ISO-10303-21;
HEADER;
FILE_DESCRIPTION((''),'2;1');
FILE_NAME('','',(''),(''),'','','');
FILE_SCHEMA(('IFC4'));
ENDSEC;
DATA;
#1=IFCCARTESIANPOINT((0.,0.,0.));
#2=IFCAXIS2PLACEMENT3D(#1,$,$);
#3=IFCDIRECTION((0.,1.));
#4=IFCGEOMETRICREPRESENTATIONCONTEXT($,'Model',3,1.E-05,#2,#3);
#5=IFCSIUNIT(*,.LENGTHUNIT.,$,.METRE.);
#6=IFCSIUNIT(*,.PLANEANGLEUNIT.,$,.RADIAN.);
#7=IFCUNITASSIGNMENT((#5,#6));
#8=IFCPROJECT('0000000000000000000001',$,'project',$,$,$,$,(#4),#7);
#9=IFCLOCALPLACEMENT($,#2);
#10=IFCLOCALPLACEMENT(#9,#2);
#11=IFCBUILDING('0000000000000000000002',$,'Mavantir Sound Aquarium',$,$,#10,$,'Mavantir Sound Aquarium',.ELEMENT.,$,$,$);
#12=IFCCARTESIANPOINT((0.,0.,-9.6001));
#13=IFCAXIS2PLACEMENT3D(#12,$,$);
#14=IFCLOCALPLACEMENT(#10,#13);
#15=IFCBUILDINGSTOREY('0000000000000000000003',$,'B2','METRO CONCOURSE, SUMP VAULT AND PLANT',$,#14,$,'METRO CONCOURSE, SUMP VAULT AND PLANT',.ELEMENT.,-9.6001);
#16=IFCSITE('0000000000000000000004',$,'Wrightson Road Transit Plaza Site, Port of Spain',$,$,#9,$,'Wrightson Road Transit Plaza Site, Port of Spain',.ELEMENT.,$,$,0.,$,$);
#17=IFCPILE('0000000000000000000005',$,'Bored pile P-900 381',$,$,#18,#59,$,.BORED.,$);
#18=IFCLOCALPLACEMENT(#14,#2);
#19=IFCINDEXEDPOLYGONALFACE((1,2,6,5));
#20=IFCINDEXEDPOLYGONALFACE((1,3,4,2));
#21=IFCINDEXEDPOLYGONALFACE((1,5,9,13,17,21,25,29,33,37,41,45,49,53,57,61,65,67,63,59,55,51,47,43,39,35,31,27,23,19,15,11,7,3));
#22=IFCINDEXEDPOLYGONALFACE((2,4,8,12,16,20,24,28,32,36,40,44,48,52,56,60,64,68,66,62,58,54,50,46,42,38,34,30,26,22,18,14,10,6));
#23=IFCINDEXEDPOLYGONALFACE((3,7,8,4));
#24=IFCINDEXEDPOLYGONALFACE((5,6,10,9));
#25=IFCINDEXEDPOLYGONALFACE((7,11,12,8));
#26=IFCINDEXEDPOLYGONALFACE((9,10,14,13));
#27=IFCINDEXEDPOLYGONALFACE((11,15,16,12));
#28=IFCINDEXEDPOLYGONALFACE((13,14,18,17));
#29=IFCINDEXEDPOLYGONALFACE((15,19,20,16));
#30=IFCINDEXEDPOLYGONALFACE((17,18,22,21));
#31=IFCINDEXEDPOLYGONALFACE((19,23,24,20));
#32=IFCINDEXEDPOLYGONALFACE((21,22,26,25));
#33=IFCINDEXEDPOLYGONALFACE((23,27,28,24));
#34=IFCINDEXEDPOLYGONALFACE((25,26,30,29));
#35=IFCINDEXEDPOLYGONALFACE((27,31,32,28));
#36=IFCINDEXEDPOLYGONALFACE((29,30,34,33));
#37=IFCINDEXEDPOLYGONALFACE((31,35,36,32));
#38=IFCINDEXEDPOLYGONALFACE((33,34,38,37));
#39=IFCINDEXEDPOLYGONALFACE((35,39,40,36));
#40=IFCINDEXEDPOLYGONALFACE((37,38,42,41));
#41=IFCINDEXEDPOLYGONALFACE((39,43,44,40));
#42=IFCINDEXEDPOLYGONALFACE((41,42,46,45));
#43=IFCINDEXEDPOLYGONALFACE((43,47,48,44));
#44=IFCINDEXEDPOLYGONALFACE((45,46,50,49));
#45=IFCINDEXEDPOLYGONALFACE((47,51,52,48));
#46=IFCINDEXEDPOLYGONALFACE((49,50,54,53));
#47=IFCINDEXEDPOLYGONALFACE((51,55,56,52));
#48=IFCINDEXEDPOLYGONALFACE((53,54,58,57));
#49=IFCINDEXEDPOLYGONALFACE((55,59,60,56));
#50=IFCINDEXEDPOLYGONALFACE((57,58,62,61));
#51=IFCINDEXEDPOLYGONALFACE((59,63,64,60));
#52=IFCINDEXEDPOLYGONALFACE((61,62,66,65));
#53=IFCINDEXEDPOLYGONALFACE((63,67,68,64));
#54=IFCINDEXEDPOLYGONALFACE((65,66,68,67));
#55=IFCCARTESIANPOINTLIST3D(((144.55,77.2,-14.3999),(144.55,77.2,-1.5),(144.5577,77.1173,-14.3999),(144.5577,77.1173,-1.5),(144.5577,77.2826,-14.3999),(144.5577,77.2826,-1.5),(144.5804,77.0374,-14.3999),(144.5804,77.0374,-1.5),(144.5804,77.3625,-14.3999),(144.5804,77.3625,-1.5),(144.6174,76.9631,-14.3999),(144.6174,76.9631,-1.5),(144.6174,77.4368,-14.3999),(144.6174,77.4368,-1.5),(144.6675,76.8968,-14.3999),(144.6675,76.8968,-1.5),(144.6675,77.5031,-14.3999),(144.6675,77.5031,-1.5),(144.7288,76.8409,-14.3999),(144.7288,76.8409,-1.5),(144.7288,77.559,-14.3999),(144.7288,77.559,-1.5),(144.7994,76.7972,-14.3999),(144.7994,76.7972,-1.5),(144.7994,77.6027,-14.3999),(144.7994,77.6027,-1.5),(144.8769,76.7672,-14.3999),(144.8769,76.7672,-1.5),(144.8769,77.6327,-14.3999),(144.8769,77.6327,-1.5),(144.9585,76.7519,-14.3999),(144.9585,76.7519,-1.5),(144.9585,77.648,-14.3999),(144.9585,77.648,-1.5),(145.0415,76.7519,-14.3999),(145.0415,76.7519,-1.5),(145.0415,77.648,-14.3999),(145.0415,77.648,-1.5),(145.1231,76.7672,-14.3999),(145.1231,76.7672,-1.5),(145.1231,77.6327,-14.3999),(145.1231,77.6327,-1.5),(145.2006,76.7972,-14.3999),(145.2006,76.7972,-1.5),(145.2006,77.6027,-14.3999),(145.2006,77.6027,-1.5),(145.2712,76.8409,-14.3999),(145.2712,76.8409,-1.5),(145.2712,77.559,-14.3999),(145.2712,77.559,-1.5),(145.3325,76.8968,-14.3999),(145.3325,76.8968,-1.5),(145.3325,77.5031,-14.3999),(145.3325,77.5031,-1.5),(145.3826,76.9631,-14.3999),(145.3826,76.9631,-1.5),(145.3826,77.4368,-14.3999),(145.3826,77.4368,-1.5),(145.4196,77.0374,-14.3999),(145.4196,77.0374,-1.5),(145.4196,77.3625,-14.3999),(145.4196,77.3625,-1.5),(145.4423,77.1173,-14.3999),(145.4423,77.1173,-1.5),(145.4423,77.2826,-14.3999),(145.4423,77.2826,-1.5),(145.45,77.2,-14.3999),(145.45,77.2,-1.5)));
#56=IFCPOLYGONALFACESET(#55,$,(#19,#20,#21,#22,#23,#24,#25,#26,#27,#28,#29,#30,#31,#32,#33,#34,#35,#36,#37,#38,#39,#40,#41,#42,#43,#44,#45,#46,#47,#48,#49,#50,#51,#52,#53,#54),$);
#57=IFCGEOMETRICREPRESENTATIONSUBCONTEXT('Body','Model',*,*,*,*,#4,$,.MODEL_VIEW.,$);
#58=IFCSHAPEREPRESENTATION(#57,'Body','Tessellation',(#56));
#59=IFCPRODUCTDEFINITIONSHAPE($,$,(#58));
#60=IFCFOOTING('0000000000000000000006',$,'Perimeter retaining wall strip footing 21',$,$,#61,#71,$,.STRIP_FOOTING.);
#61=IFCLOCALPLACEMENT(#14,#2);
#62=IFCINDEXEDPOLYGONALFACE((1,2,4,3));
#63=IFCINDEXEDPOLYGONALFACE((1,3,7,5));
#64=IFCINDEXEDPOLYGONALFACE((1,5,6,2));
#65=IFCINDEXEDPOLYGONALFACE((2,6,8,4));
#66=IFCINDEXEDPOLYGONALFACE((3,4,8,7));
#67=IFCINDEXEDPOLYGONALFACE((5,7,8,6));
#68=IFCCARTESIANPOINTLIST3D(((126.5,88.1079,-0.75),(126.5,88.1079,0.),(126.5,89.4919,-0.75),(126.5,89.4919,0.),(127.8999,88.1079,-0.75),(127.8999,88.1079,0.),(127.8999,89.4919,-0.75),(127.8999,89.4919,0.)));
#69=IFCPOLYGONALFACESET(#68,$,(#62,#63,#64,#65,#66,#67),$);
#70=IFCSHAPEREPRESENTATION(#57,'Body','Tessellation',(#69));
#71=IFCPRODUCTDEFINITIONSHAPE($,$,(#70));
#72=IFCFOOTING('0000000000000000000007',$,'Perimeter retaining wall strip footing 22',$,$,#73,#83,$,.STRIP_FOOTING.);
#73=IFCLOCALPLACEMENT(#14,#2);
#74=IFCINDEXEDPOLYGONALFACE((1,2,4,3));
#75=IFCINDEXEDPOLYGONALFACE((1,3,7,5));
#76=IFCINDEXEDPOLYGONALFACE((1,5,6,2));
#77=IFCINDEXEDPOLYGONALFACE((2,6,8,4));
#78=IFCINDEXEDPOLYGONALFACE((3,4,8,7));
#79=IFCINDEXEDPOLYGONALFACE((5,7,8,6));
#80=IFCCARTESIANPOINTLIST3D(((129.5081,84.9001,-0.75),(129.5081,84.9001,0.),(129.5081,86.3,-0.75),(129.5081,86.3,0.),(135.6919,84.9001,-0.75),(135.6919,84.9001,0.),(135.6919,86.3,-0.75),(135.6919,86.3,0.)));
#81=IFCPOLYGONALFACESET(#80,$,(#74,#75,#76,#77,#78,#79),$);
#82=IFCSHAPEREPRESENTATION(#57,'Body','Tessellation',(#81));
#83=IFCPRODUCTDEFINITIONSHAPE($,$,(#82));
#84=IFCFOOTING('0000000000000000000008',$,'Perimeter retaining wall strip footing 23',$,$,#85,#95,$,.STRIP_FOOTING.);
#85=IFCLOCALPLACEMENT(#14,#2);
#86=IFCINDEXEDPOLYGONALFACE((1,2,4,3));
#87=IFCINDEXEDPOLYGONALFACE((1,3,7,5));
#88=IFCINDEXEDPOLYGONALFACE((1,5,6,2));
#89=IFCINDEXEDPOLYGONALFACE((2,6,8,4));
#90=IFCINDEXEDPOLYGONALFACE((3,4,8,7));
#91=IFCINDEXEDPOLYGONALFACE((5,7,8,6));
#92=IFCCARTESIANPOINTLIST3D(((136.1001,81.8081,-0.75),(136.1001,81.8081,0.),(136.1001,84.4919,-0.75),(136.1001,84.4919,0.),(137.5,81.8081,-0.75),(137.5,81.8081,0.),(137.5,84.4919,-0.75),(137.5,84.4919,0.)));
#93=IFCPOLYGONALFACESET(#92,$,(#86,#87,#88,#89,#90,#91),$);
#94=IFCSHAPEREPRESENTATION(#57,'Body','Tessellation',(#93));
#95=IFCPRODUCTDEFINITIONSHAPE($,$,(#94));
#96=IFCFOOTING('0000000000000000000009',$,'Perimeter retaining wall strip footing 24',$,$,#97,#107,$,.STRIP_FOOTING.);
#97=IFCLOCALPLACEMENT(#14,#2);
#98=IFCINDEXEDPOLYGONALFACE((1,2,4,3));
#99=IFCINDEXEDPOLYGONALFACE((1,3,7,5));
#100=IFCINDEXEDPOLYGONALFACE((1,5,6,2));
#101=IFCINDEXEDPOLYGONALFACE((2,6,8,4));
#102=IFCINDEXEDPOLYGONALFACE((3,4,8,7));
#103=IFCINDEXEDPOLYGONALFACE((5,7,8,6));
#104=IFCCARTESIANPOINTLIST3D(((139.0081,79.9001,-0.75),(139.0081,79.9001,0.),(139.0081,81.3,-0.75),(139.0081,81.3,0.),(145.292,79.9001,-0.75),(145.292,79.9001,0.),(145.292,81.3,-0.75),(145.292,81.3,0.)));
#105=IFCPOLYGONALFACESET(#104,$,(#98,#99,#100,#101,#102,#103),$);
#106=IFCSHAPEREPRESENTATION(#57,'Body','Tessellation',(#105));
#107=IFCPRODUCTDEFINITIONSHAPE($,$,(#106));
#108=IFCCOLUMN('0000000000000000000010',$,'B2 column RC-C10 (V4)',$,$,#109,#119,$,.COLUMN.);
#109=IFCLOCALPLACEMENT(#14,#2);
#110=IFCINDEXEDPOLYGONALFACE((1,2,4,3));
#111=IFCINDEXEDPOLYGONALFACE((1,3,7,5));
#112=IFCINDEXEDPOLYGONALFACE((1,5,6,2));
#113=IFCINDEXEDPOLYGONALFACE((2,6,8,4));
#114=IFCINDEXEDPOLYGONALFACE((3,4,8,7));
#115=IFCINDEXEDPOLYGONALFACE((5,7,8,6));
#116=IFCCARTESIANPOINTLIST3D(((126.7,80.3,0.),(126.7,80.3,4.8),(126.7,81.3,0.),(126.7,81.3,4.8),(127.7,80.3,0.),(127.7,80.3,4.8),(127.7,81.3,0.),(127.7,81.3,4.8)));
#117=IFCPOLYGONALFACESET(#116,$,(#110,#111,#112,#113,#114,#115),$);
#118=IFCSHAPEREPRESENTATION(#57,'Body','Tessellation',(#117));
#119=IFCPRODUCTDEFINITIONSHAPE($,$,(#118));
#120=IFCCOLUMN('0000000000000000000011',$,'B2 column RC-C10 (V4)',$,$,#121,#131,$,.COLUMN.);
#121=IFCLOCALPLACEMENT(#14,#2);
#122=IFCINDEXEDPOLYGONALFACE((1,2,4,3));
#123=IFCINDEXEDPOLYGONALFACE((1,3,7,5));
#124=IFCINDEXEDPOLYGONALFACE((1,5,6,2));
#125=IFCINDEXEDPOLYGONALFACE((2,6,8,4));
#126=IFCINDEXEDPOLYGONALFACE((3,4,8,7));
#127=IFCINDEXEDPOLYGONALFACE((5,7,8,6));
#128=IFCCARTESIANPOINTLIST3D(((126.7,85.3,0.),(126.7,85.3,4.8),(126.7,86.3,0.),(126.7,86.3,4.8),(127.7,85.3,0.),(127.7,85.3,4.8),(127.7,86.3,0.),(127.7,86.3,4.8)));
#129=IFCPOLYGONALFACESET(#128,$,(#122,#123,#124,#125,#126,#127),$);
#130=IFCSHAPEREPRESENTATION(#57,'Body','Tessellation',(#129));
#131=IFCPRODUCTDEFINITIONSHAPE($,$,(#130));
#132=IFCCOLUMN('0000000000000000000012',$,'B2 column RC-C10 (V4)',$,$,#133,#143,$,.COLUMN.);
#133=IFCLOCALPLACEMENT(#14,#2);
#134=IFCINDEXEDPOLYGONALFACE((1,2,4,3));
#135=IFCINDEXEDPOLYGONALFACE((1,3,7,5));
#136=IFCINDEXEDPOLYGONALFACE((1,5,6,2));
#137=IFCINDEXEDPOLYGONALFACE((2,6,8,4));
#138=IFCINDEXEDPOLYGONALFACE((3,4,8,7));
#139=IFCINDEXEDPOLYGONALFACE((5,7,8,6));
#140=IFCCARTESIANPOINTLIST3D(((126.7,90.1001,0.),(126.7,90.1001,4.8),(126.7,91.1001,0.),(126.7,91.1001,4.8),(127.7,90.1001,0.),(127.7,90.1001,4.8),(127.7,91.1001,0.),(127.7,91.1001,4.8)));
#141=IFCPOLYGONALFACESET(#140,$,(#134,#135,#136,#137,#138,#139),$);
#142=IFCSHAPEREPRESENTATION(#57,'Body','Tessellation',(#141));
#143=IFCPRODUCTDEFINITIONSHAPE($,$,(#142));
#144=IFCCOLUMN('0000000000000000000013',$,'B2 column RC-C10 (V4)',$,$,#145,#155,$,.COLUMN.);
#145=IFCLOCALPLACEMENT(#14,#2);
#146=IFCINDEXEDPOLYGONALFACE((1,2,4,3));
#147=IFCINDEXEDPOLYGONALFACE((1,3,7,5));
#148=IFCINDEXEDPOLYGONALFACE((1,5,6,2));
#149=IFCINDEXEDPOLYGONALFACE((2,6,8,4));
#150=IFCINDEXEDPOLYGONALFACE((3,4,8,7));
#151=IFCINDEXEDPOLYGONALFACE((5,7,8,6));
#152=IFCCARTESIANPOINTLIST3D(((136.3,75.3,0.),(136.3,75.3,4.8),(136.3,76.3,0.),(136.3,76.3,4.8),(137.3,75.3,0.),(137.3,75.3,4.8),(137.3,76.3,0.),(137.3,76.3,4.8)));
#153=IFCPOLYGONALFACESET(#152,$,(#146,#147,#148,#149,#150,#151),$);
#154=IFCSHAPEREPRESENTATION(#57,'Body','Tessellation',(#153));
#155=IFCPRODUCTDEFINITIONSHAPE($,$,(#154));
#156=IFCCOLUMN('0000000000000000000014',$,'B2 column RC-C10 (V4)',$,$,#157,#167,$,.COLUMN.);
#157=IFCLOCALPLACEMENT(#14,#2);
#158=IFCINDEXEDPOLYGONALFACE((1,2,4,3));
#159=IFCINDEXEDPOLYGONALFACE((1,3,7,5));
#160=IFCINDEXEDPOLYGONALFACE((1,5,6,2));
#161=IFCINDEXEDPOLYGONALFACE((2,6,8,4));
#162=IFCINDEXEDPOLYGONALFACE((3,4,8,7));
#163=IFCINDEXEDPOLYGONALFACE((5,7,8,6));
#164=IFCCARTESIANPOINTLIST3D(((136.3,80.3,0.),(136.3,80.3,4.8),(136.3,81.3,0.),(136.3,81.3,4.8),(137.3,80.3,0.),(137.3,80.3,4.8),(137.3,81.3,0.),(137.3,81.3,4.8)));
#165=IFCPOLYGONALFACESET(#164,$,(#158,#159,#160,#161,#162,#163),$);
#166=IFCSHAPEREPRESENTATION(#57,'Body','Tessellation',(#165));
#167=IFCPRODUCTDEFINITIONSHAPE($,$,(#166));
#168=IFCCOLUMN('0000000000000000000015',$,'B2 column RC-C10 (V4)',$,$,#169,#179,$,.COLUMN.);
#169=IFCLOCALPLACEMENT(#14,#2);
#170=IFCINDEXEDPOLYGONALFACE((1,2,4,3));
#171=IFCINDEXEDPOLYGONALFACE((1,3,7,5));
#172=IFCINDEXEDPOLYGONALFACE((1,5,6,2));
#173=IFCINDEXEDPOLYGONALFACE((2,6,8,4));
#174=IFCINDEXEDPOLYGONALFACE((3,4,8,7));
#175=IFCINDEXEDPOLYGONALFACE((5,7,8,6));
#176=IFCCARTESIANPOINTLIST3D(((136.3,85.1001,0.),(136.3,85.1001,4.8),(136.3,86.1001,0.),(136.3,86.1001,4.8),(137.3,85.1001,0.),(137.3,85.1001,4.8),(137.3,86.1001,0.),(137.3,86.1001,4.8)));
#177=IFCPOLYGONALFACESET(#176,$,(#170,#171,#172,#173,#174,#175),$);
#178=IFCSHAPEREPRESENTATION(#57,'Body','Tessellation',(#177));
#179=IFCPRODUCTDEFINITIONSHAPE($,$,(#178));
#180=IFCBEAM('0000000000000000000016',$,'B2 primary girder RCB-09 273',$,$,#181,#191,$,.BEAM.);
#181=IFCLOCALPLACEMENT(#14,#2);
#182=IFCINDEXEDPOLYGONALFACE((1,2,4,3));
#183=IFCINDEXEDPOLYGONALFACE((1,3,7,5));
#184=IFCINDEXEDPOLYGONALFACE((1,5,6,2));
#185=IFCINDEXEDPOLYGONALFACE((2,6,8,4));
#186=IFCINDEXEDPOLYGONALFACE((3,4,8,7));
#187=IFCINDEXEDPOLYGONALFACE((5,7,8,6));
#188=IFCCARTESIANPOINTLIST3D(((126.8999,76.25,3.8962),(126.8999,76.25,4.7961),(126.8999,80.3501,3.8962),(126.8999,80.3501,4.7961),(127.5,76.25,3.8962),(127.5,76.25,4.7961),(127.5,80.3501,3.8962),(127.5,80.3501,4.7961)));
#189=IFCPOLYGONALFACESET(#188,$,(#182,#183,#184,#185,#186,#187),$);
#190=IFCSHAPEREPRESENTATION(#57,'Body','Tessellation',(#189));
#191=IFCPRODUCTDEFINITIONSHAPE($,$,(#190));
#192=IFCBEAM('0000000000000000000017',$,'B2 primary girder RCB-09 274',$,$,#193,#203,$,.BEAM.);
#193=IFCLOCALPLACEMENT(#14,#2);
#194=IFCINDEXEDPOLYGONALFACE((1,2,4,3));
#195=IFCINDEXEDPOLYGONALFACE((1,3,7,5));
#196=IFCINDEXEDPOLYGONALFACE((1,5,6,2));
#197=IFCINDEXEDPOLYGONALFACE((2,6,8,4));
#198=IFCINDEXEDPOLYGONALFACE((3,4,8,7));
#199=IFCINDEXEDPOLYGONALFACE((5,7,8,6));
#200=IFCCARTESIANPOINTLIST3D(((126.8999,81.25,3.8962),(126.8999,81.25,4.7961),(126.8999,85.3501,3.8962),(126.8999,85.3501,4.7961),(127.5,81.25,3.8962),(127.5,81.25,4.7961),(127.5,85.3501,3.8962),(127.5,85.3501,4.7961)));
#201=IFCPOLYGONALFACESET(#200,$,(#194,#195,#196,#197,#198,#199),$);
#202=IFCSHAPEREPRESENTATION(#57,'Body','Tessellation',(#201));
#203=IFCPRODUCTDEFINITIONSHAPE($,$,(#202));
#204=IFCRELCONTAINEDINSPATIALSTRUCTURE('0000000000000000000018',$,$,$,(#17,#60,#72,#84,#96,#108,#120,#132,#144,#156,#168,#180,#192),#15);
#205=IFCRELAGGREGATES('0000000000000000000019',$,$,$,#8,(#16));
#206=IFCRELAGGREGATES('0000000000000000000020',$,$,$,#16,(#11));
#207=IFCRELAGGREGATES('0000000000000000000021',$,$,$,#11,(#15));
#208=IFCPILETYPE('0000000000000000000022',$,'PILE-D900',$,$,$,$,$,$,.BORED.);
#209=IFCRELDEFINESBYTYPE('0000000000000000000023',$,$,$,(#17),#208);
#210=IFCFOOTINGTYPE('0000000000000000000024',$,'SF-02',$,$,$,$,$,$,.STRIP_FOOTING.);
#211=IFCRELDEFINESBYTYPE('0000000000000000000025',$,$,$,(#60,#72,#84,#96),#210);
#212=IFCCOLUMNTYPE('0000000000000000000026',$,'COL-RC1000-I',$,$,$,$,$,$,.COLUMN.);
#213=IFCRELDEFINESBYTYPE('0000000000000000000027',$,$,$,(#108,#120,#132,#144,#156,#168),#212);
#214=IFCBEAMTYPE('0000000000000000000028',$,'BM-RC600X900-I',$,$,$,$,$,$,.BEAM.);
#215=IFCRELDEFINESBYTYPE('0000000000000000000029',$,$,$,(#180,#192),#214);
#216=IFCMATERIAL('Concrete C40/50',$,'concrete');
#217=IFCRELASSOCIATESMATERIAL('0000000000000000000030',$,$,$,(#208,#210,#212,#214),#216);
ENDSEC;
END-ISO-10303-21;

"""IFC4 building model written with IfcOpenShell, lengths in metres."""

from ifc_helpers import new_model, si_unit, direction, frame, origin, origin_2d, place, context, subcontext, project, spatial, rectangle, circle, extrude, material, material_profile, profile_set, type_object, element, save


model = new_model("IFC4")

# Units and contexts
model_context = context("Model", 3, precision=1e-05, world=origin(), true_north=direction((0.0, 1.0)))
body_context = subcontext(model_context, "Body", "Model", "MODEL_VIEW")
ifc_project = project(units=[si_unit("LENGTHUNIT", "METRE"), si_unit("PLANEANGLEUNIT", "RADIAN")], contexts=[model_context])

# Site, building, storey
site_placement = place(None, origin())
site = spatial("IfcSite", under=ifc_project, at=site_placement, Name="Wrightson Road Transit Plaza Site, Port of Spain", LongName="Wrightson Road Transit Plaza Site, Port of Spain", CompositionType="ELEMENT", RefElevation=0.0)
building_placement = place(site_placement, origin())
building = spatial("IfcBuilding", under=site, at=building_placement, Name="Mavantir Sound Aquarium", LongName="Mavantir Sound Aquarium", CompositionType="ELEMENT")
storey_placement = place(building_placement, frame((0.0, 0.0, -9.6001)))
storey = spatial("IfcBuildingStorey", under=building, at=storey_placement, Name="B2", Description="METRO CONCOURSE, SUMP VAULT AND PLANT", LongName="METRO CONCOURSE, SUMP VAULT AND PLANT", CompositionType="ELEMENT", Elevation=-9.6001)

# Shared definitions
ifc_material_1 = material(Name="Concrete C40/50", Category="concrete")

# Pile
ifc_material_profile_1 = material_profile(ifc_material_1, circle(Radius=0.45, at=origin_2d()), Name="PILE D900")
ifc_profile_set_1 = profile_set([ifc_material_profile_1], Name="Concrete C40/50")
pile_type = type_object("IfcPileType", Name="PILE-D900", PredefinedType="BORED", material=ifc_profile_set_1)
pile_1_placement = place(storey_placement, frame((145.0, 77.2, -1.5), z_axis=(0.0, 0.0, -1.0), x_axis=(1.0, 0.0, 0.0)))
element("IfcPile", 1, at=pile_1_placement, inside=storey, type_object=pile_type, Name="Bored pile P-900 381", PredefinedType="BORED", context=body_context, shape_type="SweptSolid", body=[
    extrude(circle(Radius=0.45, at=origin_2d()), origin(), (0.0, 0.0, 1.0), 12.8999),
])

# Footings
ifc_material_profile_2 = material_profile(ifc_material_1, rectangle(XDim=1.3999, YDim=0.75, at=origin_2d()), Name="RC 1400X750")
ifc_profile_set_2 = profile_set([ifc_material_profile_2], Name="Concrete C40/50")
footing_type_1 = type_object("IfcFootingType", Name="SF-02", PredefinedType="STRIP_FOOTING", material=ifc_profile_set_2)
footing_1_placement = place(storey_placement, frame((127.2, 89.4919, -0.375), z_axis=(0.0, -1.0, 0.0), x_axis=(1.0, 0.0, 0.0)))
element("IfcFooting", 2, at=footing_1_placement, inside=storey, type_object=footing_type_1, Name="Perimeter retaining wall strip footing 21", PredefinedType="STRIP_FOOTING", context=body_context, shape_type="SweptSolid", body=[
    extrude(rectangle(XDim=1.3999, YDim=0.75, at=origin_2d()), origin(), (0.0, 0.0, 1.0), 1.384),
])
footing_2_placement = place(storey_placement, frame((129.5081, 85.6001, -0.375), z_axis=(1.0, 0.0, 0.0), x_axis=(0.0, 1.0, 0.0)))
element("IfcFooting", 3, at=footing_2_placement, inside=storey, type_object=footing_type_1, Name="Perimeter retaining wall strip footing 22", PredefinedType="STRIP_FOOTING", context=body_context, shape_type="SweptSolid", body=[
    extrude(rectangle(XDim=1.3999, YDim=0.75, at=origin_2d()), origin(), (0.0, 0.0, 1.0), 6.1838),
])
footing_3_placement = place(storey_placement, frame((136.8, 84.4919, -0.375), z_axis=(0.0, -1.0, 0.0), x_axis=(1.0, 0.0, 0.0)))
element("IfcFooting", 4, at=footing_3_placement, inside=storey, type_object=footing_type_1, Name="Perimeter retaining wall strip footing 23", PredefinedType="STRIP_FOOTING", context=body_context, shape_type="SweptSolid", body=[
    extrude(rectangle(XDim=1.3999, YDim=0.75, at=origin_2d()), origin(), (0.0, 0.0, 1.0), 2.6838),
])
footing_4_placement = place(storey_placement, frame((139.0081, 80.6001, -0.375), z_axis=(1.0, 0.0, 0.0), x_axis=(0.0, 1.0, 0.0)))
element("IfcFooting", 5, at=footing_4_placement, inside=storey, type_object=footing_type_1, Name="Perimeter retaining wall strip footing 24", PredefinedType="STRIP_FOOTING", context=body_context, shape_type="SweptSolid", body=[
    extrude(rectangle(XDim=1.3999, YDim=0.75, at=origin_2d()), origin(), (0.0, 0.0, 1.0), 6.2839),
])

# Columns
ifc_material_profile_3 = material_profile(ifc_material_1, rectangle(XDim=1.0, YDim=1.0, at=origin_2d()), Name="RC 1000X1000")
ifc_profile_set_3 = profile_set([ifc_material_profile_3], Name="Concrete C40/50")
column_type = type_object("IfcColumnType", Name="COL-RC1000-I", PredefinedType="COLUMN", material=ifc_profile_set_3)
for number, where, z_axis, x_axis, name in (
    (6, (127.2, 80.8, 0.0), (0.0, 0.0, 1.0), (1.0, 0.0, 0.0), "B2 column RC-C10 (V4)"),
    (7, (127.2, 85.8, 0.0), (0.0, 0.0, 1.0), (1.0, 0.0, 0.0), "B2 column RC-C10 (V4)"),
    (8, (127.2, 90.6001, 0.0), (0.0, 0.0, 1.0), (1.0, 0.0, 0.0), "B2 column RC-C10 (V4)"),
    (9, (136.8, 75.8, 0.0), (0.0, 0.0, 1.0), (1.0, 0.0, 0.0), "B2 column RC-C10 (V4)"),
    (10, (136.8, 80.8, 0.0), (0.0, 0.0, 1.0), (1.0, 0.0, 0.0), "B2 column RC-C10 (V4)"),
    (11, (136.8, 85.6001, 0.0), (0.0, 0.0, 1.0), (1.0, 0.0, 0.0), "B2 column RC-C10 (V4)"),
):
    element("IfcColumn", number, at=place(storey_placement, frame(where, z_axis=z_axis, x_axis=x_axis)), inside=storey, type_object=column_type, Name=name, PredefinedType="COLUMN", context=body_context, shape_type="SweptSolid", body=[
        extrude(rectangle(XDim=1.0, YDim=1.0, at=origin_2d()), origin(), (0.0, 0.0, 1.0), 4.8),
    ])

# Beams
ifc_material_profile_4 = material_profile(ifc_material_1, rectangle(XDim=0.6001, YDim=0.8999, at=origin_2d()), Name="RC 600X900")
ifc_profile_set_4 = profile_set([ifc_material_profile_4], Name="Concrete C40/50")
beam_type_1 = type_object("IfcBeamType", Name="BM-RC600X900-I", PredefinedType="BEAM", material=ifc_profile_set_4)
for number, where, z_axis, x_axis, name in (
    (12, (127.2, 76.25, 4.3462), (0.0, 1.0, 0.0), (-1.0, 0.0, 0.0), "B2 primary girder RCB-09 273"),
    (13, (127.2, 81.25, 4.3462), (0.0, 1.0, 0.0), (-1.0, 0.0, 0.0), "B2 primary girder RCB-09 274"),
):
    element("IfcBeam", number, at=place(storey_placement, frame(where, z_axis=z_axis, x_axis=x_axis)), inside=storey, type_object=beam_type_1, Name=name, PredefinedType="BEAM", context=body_context, shape_type="SweptSolid", body=[
        extrude(rectangle(XDim=0.6001, YDim=0.8999, at=origin_2d()), origin(), (0.0, 0.0, 1.0), 4.1001),
    ])

save(model, "model.ifc")
